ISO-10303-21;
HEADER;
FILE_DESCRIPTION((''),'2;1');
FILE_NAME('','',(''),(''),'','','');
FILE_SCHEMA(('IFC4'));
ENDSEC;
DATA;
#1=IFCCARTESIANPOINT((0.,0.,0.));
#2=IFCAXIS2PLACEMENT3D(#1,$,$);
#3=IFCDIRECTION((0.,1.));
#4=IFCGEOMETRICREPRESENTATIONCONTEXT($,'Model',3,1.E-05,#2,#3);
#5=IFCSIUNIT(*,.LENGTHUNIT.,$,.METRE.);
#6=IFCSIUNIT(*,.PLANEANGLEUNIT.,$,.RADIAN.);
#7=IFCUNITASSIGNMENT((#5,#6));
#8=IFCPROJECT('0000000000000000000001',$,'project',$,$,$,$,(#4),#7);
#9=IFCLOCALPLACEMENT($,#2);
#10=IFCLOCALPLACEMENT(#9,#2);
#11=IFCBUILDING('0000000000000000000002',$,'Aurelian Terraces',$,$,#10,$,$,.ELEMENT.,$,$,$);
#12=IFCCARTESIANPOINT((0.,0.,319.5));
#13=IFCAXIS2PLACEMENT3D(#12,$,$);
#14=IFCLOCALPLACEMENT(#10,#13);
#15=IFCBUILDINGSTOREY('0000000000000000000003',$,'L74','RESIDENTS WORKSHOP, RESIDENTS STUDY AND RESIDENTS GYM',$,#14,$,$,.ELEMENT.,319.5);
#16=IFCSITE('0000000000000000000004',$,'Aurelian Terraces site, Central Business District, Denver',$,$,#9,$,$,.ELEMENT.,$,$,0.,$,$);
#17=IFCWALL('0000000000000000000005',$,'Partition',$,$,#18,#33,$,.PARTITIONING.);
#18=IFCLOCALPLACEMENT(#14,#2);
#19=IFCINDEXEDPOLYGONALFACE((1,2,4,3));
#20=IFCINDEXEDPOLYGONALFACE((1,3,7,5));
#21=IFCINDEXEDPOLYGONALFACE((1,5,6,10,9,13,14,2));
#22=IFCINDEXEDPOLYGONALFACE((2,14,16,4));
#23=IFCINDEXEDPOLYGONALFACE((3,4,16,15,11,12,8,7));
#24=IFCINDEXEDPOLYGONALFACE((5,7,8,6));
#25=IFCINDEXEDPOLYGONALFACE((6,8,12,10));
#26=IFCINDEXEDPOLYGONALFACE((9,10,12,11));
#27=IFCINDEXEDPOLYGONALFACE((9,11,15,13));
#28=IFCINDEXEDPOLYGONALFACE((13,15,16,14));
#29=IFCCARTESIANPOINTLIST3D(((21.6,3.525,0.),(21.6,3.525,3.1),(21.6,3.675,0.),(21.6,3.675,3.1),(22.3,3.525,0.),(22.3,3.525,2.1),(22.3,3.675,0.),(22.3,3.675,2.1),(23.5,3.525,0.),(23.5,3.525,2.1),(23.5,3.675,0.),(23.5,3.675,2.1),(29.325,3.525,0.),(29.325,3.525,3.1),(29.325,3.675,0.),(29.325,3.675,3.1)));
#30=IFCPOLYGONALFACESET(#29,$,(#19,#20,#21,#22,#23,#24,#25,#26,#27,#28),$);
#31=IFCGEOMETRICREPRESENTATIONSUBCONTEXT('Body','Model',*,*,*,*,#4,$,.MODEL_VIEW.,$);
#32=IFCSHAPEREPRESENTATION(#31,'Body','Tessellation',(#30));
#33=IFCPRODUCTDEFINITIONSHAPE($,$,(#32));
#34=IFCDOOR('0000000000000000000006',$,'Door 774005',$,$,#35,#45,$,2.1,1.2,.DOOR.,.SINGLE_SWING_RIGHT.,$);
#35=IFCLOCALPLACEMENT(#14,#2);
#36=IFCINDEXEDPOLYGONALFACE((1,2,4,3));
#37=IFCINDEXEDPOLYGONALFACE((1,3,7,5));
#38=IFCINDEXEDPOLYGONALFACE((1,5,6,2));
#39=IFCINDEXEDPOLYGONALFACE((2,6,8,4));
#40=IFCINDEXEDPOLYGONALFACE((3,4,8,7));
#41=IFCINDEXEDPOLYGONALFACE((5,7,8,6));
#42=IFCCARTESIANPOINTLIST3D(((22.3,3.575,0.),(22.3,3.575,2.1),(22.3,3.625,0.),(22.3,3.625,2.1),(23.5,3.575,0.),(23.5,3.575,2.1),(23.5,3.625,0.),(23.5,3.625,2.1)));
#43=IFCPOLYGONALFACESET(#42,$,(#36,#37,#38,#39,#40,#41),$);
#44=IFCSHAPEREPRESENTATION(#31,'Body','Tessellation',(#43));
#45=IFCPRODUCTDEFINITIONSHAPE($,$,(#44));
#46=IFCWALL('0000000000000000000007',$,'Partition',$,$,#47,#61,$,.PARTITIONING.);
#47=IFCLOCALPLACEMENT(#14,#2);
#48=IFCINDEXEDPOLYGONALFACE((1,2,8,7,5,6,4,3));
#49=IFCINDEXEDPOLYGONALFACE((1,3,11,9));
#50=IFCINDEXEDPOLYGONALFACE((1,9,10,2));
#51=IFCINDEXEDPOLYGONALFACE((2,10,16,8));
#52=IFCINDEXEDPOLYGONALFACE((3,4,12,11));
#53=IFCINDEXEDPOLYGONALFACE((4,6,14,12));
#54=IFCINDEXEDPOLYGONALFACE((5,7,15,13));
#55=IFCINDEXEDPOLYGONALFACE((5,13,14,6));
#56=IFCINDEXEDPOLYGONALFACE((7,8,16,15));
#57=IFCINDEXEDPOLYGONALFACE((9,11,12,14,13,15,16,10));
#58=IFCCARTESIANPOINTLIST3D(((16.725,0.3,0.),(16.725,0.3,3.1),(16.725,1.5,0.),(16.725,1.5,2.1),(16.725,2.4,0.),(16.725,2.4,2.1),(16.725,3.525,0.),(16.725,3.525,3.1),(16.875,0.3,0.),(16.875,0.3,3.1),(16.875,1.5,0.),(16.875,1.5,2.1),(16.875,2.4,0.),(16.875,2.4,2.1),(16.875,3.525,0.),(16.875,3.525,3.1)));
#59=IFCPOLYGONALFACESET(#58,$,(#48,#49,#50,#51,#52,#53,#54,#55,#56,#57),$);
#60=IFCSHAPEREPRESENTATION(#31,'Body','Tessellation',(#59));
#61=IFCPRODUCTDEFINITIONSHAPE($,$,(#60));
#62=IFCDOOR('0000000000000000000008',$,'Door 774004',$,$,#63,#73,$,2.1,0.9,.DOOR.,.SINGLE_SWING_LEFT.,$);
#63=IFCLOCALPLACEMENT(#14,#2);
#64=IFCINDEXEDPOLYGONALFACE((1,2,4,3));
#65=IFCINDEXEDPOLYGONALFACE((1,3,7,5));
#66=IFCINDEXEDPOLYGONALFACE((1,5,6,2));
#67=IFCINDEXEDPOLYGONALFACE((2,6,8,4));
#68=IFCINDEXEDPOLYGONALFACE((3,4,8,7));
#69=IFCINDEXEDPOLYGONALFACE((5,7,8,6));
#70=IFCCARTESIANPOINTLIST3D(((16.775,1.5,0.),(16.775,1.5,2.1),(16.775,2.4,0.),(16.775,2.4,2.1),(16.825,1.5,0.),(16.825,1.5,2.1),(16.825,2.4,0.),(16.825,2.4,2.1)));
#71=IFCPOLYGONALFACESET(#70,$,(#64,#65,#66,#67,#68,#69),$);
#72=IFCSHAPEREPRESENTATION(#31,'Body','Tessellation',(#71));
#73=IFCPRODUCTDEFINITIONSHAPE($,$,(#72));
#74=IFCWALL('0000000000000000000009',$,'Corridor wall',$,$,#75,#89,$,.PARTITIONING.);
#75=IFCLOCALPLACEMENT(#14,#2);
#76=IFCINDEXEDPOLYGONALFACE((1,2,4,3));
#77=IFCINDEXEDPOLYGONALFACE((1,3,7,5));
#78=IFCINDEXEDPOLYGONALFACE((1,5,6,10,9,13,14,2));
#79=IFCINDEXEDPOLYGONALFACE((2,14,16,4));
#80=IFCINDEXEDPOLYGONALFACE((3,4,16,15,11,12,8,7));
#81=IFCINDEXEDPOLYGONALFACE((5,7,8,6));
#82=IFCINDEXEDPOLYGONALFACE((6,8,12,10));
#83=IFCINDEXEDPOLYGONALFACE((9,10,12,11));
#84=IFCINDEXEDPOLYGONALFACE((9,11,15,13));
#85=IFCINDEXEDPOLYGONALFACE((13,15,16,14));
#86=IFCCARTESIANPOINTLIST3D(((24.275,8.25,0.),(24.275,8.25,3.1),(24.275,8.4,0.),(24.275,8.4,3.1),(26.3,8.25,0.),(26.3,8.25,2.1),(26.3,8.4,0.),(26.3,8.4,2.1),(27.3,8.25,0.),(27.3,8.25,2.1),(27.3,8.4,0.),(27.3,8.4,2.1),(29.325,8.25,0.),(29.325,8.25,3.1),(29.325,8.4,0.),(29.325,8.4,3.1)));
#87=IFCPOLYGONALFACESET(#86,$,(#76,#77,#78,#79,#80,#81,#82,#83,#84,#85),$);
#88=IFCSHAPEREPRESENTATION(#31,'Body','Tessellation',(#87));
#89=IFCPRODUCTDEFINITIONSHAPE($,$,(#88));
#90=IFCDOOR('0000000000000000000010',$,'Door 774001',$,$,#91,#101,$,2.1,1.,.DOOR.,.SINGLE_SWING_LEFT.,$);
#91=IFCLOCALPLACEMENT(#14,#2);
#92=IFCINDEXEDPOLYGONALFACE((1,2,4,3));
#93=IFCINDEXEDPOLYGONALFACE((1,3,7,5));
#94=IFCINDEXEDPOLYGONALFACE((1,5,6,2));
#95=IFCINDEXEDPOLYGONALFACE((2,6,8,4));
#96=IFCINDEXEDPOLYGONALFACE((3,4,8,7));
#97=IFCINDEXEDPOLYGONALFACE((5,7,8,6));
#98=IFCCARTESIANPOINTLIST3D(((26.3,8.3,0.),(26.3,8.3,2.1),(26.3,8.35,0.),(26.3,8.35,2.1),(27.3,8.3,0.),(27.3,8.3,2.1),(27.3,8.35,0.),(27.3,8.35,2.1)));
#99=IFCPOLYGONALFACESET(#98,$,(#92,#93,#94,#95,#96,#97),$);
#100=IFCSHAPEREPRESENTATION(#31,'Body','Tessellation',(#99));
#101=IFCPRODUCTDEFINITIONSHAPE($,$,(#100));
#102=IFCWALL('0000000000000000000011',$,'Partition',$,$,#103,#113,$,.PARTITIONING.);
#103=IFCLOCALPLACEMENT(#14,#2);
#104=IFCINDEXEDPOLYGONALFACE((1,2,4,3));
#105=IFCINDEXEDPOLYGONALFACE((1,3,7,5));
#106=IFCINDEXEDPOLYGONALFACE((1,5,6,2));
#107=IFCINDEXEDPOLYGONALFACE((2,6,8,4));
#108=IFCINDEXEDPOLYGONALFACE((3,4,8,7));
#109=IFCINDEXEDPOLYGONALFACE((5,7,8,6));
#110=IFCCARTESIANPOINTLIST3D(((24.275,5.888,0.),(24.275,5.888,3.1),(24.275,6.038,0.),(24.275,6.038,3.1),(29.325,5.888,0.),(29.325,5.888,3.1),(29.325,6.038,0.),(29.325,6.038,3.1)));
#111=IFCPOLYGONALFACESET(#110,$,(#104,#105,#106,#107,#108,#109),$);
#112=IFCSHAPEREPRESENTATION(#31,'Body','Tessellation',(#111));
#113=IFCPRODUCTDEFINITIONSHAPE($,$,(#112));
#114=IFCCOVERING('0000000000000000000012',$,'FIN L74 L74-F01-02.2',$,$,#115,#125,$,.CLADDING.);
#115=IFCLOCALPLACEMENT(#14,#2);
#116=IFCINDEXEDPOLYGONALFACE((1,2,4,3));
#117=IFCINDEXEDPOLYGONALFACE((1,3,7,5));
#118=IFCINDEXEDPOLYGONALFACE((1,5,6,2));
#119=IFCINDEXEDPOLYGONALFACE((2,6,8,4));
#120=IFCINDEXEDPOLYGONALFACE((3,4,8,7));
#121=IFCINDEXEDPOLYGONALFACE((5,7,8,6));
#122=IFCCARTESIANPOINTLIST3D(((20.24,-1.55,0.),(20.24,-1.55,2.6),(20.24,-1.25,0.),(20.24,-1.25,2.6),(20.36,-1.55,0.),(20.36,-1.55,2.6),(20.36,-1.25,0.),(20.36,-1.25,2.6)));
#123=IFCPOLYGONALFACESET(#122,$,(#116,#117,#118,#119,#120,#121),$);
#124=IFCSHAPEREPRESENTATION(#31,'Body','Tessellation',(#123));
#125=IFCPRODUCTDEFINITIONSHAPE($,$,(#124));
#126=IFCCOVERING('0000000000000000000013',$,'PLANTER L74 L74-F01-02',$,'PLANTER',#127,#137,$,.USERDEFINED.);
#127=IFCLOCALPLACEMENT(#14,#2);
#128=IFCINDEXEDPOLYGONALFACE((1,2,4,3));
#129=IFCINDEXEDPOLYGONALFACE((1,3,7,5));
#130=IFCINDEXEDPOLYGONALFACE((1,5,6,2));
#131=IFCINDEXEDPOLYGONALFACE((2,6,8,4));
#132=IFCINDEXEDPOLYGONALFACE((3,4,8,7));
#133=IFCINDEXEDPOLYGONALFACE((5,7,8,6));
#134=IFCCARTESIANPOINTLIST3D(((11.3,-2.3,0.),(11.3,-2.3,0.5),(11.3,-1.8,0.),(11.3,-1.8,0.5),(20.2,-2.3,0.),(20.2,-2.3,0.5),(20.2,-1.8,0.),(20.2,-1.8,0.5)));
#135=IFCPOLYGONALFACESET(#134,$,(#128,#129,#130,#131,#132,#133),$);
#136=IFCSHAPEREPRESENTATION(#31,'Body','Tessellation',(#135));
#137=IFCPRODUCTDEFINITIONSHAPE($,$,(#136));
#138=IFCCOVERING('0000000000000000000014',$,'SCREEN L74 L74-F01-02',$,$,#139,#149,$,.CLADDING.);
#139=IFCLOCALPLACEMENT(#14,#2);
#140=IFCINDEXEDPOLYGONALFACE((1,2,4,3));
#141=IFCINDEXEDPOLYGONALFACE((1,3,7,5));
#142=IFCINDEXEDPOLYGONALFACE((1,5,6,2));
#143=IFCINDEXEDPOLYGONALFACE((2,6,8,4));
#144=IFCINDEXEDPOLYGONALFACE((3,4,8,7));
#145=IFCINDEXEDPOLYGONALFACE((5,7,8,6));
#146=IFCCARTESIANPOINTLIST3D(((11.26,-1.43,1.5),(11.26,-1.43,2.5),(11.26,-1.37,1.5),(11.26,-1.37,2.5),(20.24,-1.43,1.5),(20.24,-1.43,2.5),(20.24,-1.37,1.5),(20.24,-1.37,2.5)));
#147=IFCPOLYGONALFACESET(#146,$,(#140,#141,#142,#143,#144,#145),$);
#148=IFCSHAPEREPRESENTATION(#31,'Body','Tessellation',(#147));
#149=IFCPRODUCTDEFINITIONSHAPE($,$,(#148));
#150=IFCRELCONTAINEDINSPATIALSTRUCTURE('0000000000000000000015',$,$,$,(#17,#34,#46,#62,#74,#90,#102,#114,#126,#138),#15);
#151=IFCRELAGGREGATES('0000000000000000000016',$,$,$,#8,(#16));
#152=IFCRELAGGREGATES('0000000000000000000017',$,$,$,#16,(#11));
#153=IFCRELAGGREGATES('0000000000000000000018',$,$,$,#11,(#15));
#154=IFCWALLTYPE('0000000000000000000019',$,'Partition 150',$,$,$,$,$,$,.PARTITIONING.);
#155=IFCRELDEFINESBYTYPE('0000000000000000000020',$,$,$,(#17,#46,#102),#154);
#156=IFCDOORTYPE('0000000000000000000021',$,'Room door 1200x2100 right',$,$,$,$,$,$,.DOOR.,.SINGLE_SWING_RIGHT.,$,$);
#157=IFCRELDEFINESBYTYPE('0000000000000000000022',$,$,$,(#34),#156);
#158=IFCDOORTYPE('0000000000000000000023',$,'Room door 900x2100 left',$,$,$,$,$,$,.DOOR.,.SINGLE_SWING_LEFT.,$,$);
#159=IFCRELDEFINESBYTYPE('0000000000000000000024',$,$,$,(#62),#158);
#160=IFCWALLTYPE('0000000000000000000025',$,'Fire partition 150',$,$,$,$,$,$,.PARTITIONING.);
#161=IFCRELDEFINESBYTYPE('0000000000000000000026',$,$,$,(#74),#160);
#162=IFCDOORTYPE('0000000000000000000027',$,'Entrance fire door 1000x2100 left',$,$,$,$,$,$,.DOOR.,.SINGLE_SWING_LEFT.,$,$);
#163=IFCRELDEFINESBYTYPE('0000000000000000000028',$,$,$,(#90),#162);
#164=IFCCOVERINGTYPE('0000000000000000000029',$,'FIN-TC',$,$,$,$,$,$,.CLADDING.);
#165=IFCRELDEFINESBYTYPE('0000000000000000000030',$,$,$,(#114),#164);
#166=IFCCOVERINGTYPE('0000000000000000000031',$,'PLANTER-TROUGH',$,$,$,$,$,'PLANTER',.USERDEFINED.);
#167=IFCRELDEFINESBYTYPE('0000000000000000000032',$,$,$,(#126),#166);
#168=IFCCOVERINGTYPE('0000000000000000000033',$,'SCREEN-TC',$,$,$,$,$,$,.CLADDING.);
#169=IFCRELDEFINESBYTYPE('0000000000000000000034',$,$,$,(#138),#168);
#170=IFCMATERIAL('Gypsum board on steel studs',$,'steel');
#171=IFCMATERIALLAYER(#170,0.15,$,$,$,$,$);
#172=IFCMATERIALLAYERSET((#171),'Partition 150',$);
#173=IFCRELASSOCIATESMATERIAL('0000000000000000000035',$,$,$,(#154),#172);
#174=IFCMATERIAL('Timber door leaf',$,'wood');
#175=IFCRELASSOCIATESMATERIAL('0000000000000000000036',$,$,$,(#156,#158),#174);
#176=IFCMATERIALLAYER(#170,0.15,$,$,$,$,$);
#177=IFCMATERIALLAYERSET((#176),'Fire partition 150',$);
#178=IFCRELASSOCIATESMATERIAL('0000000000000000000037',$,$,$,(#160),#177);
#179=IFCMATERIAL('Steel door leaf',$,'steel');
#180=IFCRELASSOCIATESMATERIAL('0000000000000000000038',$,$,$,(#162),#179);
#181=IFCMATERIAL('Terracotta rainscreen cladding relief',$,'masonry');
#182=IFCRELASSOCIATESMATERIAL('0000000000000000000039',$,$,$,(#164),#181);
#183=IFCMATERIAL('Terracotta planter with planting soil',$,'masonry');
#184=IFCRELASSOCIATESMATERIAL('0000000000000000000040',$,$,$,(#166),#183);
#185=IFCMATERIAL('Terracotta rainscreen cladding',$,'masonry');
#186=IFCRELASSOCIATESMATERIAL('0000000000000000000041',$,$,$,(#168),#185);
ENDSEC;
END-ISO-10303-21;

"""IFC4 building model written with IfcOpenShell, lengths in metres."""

from ifc_helpers import new_model, si_unit, direction, frame, frame_2d, origin, origin_2d, place, context, subcontext, project, spatial, rectangle, extrude, source, transform, mapped, material, layer, layer_set, type_object, element, fill, save


model = new_model("IFC4")

# Units and contexts
model_context = context("Model", 3, precision=1e-05, world=origin(), true_north=direction((0.0, 1.0)))
body_context = subcontext(model_context, "Body", "Model", "MODEL_VIEW")
ifc_project = project(units=[si_unit("LENGTHUNIT", "METRE"), si_unit("PLANEANGLEUNIT", "RADIAN")], contexts=[model_context])

# Site, building, storey
site_placement = place(None, origin())
site = spatial("IfcSite", under=ifc_project, at=site_placement, Name="Aurelian Terraces site, Central Business District, Denver", CompositionType="ELEMENT", RefElevation=0.0)
building_placement = place(site_placement, origin())
building = spatial("IfcBuilding", under=site, at=building_placement, Name="Aurelian Terraces", CompositionType="ELEMENT")
storey_placement = place(building_placement, frame((0.0, 0.0, 319.5)))
storey = spatial("IfcBuildingStorey", under=building, at=storey_placement, Name="L74", Description="RESIDENTS WORKSHOP, RESIDENTS STUDY AND RESIDENTS GYM", CompositionType="ELEMENT", Elevation=319.5)

# Shared definitions
ifc_material_1 = material(Name="Steel door leaf", Category="steel")

# Shared definitions
ifc_material_2 = material(Name="Terracotta rainscreen cladding", Category="masonry")

# Shared definitions
ifc_material_3 = material(Name="Gypsum board on steel studs", Category="steel")

# Walls, openings, doors
ifc_layer_1 = layer(ifc_material_3, 0.15)
ifc_layer_set_1 = layer_set([ifc_layer_1], Name="Partition 150")
wall_type_1 = type_object("IfcWallType", Name="Partition 150", PredefinedType="PARTITIONING", material=ifc_layer_set_1)
shared_shape_1 = source(origin(), body_context, "Body", "SweptSolid", [
    extrude(rectangle(XDim=0.9, YDim=2.1, at=frame_2d((0.45, 1.05))), frame((0.0, 0.085, 0.0), z_axis=(0.0, -1.0, 0.0), x_axis=(1.0, 0.0, 0.0)), (0.0, 0.0, 1.0), 0.17),
])
ifc_material_4 = material(Name="Timber door leaf", Category="wood")
shared_shape_2 = source(origin(), body_context, "Body", "SweptSolid", [
    extrude(rectangle(XDim=0.9, YDim=2.1, at=frame_2d((0.45, 1.05))), frame((0.0, 0.025, 0.0), z_axis=(0.0, -1.0, 0.0), x_axis=(1.0, 0.0, 0.0)), (0.0, 0.0, 1.0), 0.05),
])
shared_shape_3 = source(origin(), body_context, "Body", "SweptSolid", [
    extrude(rectangle(XDim=7.725, YDim=0.15, at=frame_2d((3.8625, 0.0))), origin(), (0.0, 0.0, 1.0), 3.1),
])
wall_1_placement = place(storey_placement, frame((21.6, 3.6, 0.0), z_axis=(0.0, 0.0, 1.0), x_axis=(1.0, 0.0, 0.0)))
wall_1 = element("IfcWall", 1, at=wall_1_placement, inside=storey, type_object=wall_type_1, Name="Partition", PredefinedType="PARTITIONING", context=body_context, shape_type="MappedRepresentation", body=[
    mapped(shared_shape_3, transform((0.0, 0.0, 0.0), scale=1.0)),
])
shared_shape_4 = source(origin(), body_context, "Body", "SweptSolid", [
    extrude(rectangle(XDim=1.2, YDim=2.1, at=frame_2d((0.6, 1.05))), frame((0.0, 0.085, 0.0), z_axis=(0.0, -1.0, 0.0), x_axis=(1.0, 0.0, 0.0)), (0.0, 0.0, 1.0), 0.17),
])
opening_1_placement = place(wall_1_placement, frame((0.7, 0.0, 0.0)))
opening_1 = element("IfcOpeningElement", 2, at=opening_1_placement, cuts=wall_1, PredefinedType="OPENING", context=body_context, shape_type="MappedRepresentation", body=[
    mapped(shared_shape_4, transform((0.0, 0.0, 0.0), scale=1.0)),
])
door_type_1 = type_object("IfcDoorType", Name="Room door 1200x2100 right", OperationType="SINGLE_SWING_RIGHT", PredefinedType="DOOR", material=ifc_material_4)
shared_shape_5 = source(origin(), body_context, "Body", "SweptSolid", [
    extrude(rectangle(XDim=1.2, YDim=2.1, at=frame_2d((0.6, 1.05))), frame((0.0, 0.025, 0.0), z_axis=(0.0, -1.0, 0.0), x_axis=(1.0, 0.0, 0.0)), (0.0, 0.0, 1.0), 0.05),
])
door_1_placement = place(opening_1_placement, origin())
door_1 = element("IfcDoor", 3, at=door_1_placement, inside=storey, type_object=door_type_1, Name="Door 774005", OperationType="SINGLE_SWING_RIGHT", OverallHeight=2.1, OverallWidth=1.2, PredefinedType="DOOR", context=body_context, shape_type="MappedRepresentation", body=[
    mapped(shared_shape_5, transform((0.0, 0.0, 0.0), scale=1.0)),
])
fill(opening_1, door_1)
shared_shape_6 = source(origin(), body_context, "Body", "SweptSolid", [
    extrude(rectangle(XDim=3.225, YDim=0.15, at=frame_2d((1.6125, 0.0))), origin(), (0.0, 0.0, 1.0), 3.1),
])
wall_2_placement = place(storey_placement, frame((16.8, 3.525, 0.0), z_axis=(0.0, 0.0, 1.0), x_axis=(0.0, -1.0, 0.0)))
wall_2 = element("IfcWall", 4, at=wall_2_placement, inside=storey, type_object=wall_type_1, Name="Partition", PredefinedType="PARTITIONING", context=body_context, shape_type="MappedRepresentation", body=[
    mapped(shared_shape_6, transform((0.0, 0.0, 0.0), scale=1.0)),
])
opening_2_placement = place(wall_2_placement, frame((1.125, 0.0, 0.0)))
opening_2 = element("IfcOpeningElement", 5, at=opening_2_placement, cuts=wall_2, PredefinedType="OPENING", context=body_context, shape_type="MappedRepresentation", body=[
    mapped(shared_shape_1, transform((0.0, 0.0, 0.0), scale=1.0)),
])
door_type_2 = type_object("IfcDoorType", Name="Room door 900x2100 left", OperationType="SINGLE_SWING_LEFT", PredefinedType="DOOR", material=ifc_material_4)
door_2_placement = place(opening_2_placement, origin())
door_2 = element("IfcDoor", 6, at=door_2_placement, inside=storey, type_object=door_type_2, Name="Door 774004", OperationType="SINGLE_SWING_LEFT", OverallHeight=2.1, OverallWidth=0.9, PredefinedType="DOOR", context=body_context, shape_type="MappedRepresentation", body=[
    mapped(shared_shape_2, transform((0.0, 0.0, 0.0), scale=1.0)),
])
fill(opening_2, door_2)
ifc_layer_2 = layer(ifc_material_3, 0.15)
ifc_layer_set_2 = layer_set([ifc_layer_2], Name="Fire partition 150")
wall_type_2 = type_object("IfcWallType", Name="Fire partition 150", PredefinedType="PARTITIONING", material=ifc_layer_set_2)
shared_shape_7 = source(origin(), body_context, "Body", "SweptSolid", [
    extrude(rectangle(XDim=5.05, YDim=0.15, at=frame_2d((2.525, 0.0))), origin(), (0.0, 0.0, 1.0), 3.1),
])
wall_3_placement = place(storey_placement, frame((29.325, 8.325, 0.0), z_axis=(0.0, 0.0, 1.0), x_axis=(-1.0, 0.0, 0.0)))
wall_3 = element("IfcWall", 7, at=wall_3_placement, inside=storey, type_object=wall_type_2, Name="Corridor wall", PredefinedType="PARTITIONING", context=body_context, shape_type="MappedRepresentation", body=[
    mapped(shared_shape_7, transform((0.0, 0.0, 0.0), scale=1.0)),
])
shared_shape_8 = source(origin(), body_context, "Body", "SweptSolid", [
    extrude(rectangle(XDim=1.0, YDim=2.1, at=frame_2d((0.5, 1.05))), frame((0.0, 0.085, 0.0), z_axis=(0.0, -1.0, 0.0), x_axis=(1.0, 0.0, 0.0)), (0.0, 0.0, 1.0), 0.17),
])
opening_3_placement = place(wall_3_placement, frame((2.025, 0.0, 0.0)))
opening_3 = element("IfcOpeningElement", 8, at=opening_3_placement, cuts=wall_3, PredefinedType="OPENING", context=body_context, shape_type="MappedRepresentation", body=[
    mapped(shared_shape_8, transform((0.0, 0.0, 0.0), scale=1.0)),
])
door_type_3 = type_object("IfcDoorType", Name="Entrance fire door 1000x2100 left", OperationType="SINGLE_SWING_LEFT", PredefinedType="DOOR", material=ifc_material_1)
shared_shape_9 = source(origin(), body_context, "Body", "SweptSolid", [
    extrude(rectangle(XDim=1.0, YDim=2.1, at=frame_2d((0.5, 1.05))), frame((0.0, 0.025, 0.0), z_axis=(0.0, -1.0, 0.0), x_axis=(1.0, 0.0, 0.0)), (0.0, 0.0, 1.0), 0.05),
])
door_3_placement = place(opening_3_placement, origin())
door_3 = element("IfcDoor", 9, at=door_3_placement, inside=storey, type_object=door_type_3, Name="Door 774001", OperationType="SINGLE_SWING_LEFT", OverallHeight=2.1, OverallWidth=1.0, PredefinedType="DOOR", context=body_context, shape_type="MappedRepresentation", body=[
    mapped(shared_shape_9, transform((0.0, 0.0, 0.0), scale=1.0)),
])
fill(opening_3, door_3)

# Wall
wall_4_placement = place(storey_placement, frame((29.325, 5.963, 0.0), z_axis=(0.0, 0.0, 1.0), x_axis=(-1.0, 0.0, 0.0)))
element("IfcWall", 10, at=wall_4_placement, inside=storey, type_object=wall_type_1, Name="Partition", PredefinedType="PARTITIONING", context=body_context, shape_type="MappedRepresentation", body=[
    mapped(shared_shape_7, transform((0.0, 0.0, 0.0), scale=1.0)),
])

# Coverings
ifc_material_5 = material(Name="Terracotta rainscreen cladding relief", Category="masonry")
covering_type_1 = type_object("IfcCoveringType", Name="FIN-TC", PredefinedType="CLADDING", material=ifc_material_5)
shared_shape_10 = source(origin(), body_context, "Body", "SweptSolid", [
    extrude(rectangle(XDim=0.12, YDim=0.3, at=origin_2d()), origin(), (0.0, 0.0, 1.0), 2.6),
])
covering_1_placement = place(storey_placement, frame((20.3, -1.4, 0.0), z_axis=(0.0, 0.0, 1.0), x_axis=(1.0, 0.0, 0.0)))
element("IfcCovering", 11, at=covering_1_placement, inside=storey, type_object=covering_type_1, Name="FIN L74 L74-F01-02.2", PredefinedType="CLADDING", context=body_context, shape_type="MappedRepresentation", body=[
    mapped(shared_shape_10, transform((0.0, 0.0, 0.0), scale=1.0)),
])
ifc_material_6 = material(Name="Terracotta planter with planting soil", Category="masonry")
covering_type_2 = type_object("IfcCoveringType", Name="PLANTER-TROUGH", ElementType="PLANTER", PredefinedType="USERDEFINED", material=ifc_material_6)
shared_shape_11 = source(origin(), body_context, "Body", "SweptSolid", [
    extrude(rectangle(XDim=8.9, YDim=0.5, at=origin_2d()), origin(), (0.0, 0.0, 1.0), 0.5),
])
covering_2_placement = place(storey_placement, frame((15.75, -2.05, 0.0), z_axis=(0.0, 0.0, 1.0), x_axis=(1.0, 0.0, 0.0)))
element("IfcCovering", 12, at=covering_2_placement, inside=storey, type_object=covering_type_2, Name="PLANTER L74 L74-F01-02", ObjectType="PLANTER", PredefinedType="USERDEFINED", context=body_context, shape_type="MappedRepresentation", body=[
    mapped(shared_shape_11, transform((0.0, 0.0, 0.0), scale=1.0)),
])
covering_type_3 = type_object("IfcCoveringType", Name="SCREEN-TC", PredefinedType="CLADDING", material=ifc_material_2)
shared_shape_12 = source(origin(), body_context, "Body", "SweptSolid", [
    extrude(rectangle(XDim=8.98, YDim=0.06, at=origin_2d()), origin(), (0.0, 0.0, 1.0), 1.0),
])
covering_3_placement = place(storey_placement, frame((15.75, -1.4, 1.5), z_axis=(0.0, 0.0, 1.0), x_axis=(1.0, 0.0, 0.0)))
element("IfcCovering", 13, at=covering_3_placement, inside=storey, type_object=covering_type_3, Name="SCREEN L74 L74-F01-02", PredefinedType="CLADDING", context=body_context, shape_type="MappedRepresentation", body=[
    mapped(shared_shape_12, transform((0.0, 0.0, 0.0), scale=1.0)),
])

save(model, "model.ifc")
